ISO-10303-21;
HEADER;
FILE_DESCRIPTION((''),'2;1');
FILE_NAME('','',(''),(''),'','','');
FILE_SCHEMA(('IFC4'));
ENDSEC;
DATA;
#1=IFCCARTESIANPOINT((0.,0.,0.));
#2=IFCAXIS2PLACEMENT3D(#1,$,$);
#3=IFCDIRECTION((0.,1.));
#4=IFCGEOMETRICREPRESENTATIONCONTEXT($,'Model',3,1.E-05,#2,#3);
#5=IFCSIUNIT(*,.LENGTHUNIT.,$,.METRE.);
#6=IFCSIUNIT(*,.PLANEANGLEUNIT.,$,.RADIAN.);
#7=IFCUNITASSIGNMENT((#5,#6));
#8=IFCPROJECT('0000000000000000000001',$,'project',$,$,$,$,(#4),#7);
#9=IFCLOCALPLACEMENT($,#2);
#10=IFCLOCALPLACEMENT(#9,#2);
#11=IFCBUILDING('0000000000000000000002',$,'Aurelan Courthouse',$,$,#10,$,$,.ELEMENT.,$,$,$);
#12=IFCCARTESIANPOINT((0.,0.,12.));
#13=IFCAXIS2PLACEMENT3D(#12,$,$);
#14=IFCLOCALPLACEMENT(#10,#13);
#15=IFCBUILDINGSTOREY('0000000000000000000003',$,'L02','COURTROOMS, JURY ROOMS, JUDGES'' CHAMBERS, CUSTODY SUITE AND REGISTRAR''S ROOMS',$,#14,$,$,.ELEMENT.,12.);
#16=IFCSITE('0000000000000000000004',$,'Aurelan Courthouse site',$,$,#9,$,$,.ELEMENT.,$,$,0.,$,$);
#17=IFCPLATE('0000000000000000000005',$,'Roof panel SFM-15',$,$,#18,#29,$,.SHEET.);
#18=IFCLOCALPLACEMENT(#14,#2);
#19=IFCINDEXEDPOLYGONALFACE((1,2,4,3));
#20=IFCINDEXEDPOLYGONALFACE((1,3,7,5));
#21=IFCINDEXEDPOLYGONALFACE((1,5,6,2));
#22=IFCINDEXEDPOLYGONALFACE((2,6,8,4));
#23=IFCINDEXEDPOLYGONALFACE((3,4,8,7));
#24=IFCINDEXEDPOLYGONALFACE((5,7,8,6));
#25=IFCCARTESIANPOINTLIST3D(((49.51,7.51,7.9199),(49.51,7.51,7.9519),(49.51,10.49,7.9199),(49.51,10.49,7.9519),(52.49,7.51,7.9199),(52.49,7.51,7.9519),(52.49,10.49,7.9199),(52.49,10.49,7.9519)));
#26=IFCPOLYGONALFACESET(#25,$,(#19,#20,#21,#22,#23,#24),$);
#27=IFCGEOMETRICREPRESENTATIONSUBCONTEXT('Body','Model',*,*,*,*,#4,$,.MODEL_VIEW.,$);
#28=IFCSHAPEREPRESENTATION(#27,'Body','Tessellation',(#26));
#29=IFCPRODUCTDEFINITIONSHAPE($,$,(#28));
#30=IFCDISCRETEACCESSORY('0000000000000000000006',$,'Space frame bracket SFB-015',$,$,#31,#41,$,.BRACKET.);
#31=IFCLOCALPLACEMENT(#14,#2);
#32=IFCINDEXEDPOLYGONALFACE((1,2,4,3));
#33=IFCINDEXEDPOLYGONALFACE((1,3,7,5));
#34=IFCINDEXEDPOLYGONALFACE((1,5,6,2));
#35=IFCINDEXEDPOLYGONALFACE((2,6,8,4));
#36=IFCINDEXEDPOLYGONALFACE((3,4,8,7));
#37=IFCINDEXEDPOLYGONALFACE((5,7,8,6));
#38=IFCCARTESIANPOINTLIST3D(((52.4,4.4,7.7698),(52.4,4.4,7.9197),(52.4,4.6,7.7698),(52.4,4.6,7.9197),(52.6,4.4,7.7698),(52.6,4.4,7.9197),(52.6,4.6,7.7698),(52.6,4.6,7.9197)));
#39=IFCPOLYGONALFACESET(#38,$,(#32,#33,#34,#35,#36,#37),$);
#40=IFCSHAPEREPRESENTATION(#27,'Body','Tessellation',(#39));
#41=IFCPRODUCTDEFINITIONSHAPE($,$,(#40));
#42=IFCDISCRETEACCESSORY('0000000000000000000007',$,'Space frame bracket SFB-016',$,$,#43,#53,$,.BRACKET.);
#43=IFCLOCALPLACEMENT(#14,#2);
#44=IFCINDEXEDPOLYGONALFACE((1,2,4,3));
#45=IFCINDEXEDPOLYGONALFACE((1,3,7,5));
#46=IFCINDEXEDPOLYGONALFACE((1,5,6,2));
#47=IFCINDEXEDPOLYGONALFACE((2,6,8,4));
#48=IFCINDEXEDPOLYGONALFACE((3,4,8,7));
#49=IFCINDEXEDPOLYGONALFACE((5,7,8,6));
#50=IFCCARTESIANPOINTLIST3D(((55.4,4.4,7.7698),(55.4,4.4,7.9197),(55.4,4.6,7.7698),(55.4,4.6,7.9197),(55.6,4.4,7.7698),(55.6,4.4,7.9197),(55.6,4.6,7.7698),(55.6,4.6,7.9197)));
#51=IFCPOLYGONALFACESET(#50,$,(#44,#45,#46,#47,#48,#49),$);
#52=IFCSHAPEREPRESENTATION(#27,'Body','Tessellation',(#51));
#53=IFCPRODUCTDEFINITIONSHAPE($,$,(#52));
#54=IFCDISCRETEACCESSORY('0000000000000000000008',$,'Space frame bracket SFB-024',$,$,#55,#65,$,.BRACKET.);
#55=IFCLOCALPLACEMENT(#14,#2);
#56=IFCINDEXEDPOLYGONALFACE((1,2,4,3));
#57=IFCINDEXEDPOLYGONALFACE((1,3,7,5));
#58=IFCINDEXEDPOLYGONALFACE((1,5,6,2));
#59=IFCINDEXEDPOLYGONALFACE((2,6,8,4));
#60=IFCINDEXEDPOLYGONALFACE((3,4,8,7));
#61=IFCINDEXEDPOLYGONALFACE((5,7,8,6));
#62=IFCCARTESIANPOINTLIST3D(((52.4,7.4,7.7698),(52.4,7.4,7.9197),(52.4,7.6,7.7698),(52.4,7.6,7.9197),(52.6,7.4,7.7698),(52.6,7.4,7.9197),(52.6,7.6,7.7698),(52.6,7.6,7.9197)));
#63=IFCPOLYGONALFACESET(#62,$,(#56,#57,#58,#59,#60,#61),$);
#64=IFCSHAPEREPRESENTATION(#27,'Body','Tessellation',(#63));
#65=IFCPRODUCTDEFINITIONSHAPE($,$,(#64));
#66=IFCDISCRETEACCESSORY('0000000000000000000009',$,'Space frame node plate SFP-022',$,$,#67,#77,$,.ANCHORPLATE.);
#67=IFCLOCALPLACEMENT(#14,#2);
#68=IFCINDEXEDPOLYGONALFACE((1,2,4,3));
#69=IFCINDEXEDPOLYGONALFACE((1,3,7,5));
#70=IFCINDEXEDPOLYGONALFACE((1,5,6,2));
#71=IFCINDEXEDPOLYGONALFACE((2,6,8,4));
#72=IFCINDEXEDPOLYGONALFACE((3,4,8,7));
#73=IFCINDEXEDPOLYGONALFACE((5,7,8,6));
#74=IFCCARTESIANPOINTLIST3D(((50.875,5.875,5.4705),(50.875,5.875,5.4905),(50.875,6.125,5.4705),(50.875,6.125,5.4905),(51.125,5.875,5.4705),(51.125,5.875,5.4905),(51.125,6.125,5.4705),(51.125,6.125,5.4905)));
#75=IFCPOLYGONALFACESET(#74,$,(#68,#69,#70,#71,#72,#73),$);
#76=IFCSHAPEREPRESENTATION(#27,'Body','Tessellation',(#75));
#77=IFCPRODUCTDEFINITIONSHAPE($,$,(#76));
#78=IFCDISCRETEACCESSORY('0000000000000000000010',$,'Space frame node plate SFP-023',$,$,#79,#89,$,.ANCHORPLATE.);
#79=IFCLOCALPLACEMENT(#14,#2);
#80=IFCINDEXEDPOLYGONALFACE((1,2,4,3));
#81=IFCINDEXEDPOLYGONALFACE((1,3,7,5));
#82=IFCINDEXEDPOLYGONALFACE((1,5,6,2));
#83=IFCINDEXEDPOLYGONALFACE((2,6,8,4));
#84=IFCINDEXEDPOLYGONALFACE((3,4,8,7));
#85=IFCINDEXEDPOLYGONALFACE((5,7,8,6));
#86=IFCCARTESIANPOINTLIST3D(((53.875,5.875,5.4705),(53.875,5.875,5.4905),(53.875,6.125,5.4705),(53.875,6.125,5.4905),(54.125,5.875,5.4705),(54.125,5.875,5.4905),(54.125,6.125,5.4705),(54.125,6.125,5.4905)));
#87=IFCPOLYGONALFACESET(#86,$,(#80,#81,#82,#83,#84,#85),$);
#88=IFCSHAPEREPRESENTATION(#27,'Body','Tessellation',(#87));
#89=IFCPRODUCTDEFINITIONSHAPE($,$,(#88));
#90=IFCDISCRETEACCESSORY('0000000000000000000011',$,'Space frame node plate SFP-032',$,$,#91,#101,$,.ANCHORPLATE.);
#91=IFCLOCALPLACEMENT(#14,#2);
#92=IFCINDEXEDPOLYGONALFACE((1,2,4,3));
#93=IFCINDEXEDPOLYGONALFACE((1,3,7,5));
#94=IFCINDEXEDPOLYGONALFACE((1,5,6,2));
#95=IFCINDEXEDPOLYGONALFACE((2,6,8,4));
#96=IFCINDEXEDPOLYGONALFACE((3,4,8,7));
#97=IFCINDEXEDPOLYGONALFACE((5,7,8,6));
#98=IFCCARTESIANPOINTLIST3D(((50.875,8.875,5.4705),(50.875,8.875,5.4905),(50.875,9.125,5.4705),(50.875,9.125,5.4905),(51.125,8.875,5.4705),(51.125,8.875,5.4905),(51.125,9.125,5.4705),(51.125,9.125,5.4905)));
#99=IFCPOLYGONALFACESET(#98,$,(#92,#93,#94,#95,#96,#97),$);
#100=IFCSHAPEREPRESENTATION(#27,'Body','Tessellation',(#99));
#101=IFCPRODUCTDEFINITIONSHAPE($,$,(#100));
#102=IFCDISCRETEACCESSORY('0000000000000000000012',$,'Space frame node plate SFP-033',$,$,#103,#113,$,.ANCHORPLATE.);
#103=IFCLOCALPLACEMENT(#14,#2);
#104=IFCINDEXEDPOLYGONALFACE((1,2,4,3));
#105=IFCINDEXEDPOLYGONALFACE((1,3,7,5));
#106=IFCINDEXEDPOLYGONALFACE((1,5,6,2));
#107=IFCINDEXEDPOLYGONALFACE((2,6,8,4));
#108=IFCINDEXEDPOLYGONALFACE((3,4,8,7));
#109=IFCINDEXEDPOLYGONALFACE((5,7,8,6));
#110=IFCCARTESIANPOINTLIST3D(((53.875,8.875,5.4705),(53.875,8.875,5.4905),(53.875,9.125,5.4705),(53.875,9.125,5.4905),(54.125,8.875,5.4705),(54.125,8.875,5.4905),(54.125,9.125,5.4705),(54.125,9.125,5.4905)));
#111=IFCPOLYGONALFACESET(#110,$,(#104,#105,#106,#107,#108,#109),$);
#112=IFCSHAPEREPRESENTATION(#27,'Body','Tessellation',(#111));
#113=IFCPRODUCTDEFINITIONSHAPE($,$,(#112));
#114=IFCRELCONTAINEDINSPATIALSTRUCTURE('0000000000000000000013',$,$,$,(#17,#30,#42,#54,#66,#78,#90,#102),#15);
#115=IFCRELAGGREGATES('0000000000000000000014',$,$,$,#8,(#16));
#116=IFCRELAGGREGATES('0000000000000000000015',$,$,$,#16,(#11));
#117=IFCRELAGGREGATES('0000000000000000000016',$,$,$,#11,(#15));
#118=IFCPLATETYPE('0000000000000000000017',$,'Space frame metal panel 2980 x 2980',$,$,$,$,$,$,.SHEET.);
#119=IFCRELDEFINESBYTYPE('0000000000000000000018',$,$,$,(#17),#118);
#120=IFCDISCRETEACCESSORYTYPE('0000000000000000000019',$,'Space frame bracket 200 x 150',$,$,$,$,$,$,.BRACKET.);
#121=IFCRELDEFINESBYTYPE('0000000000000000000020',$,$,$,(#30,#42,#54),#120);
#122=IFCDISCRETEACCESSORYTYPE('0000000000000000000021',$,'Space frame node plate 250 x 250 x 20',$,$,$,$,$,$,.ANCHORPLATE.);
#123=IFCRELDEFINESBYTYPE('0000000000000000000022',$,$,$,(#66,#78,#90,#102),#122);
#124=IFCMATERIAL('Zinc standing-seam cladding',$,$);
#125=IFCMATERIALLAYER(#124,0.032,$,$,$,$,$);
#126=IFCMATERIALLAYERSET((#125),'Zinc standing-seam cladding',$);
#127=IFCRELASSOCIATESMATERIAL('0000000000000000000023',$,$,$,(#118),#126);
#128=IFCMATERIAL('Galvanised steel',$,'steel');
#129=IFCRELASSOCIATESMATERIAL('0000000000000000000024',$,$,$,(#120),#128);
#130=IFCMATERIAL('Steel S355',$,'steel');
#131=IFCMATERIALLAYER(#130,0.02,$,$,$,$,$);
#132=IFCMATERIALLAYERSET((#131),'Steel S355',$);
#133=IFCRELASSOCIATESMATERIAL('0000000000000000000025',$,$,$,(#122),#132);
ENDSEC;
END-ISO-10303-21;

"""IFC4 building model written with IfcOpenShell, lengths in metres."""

from ifc_helpers import new_model, si_unit, direction, frame, origin, origin_2d, place, context, subcontext, project, spatial, rectangle, extrude, material, layer, layer_set, type_object, element, save


model = new_model("IFC4")

# Units and contexts
model_context = context("Model", 3, precision=1e-05, world=origin(), true_north=direction((0.0, 1.0)))
body_context = subcontext(model_context, "Body", "Model", "MODEL_VIEW")
ifc_project = project(units=[si_unit("LENGTHUNIT", "METRE"), si_unit("PLANEANGLEUNIT", "RADIAN")], contexts=[model_context])

# Site, building, storey
site_placement = place(None, origin())
site = spatial("IfcSite", under=ifc_project, at=site_placement, Name="Aurelan Courthouse site", CompositionType="ELEMENT", RefElevation=0.0)
building_placement = place(site_placement, origin())
building = spatial("IfcBuilding", under=site, at=building_placement, Name="Aurelan Courthouse", CompositionType="ELEMENT")
storey_placement = place(building_placement, frame((0.0, 0.0, 12.0)))
storey = spatial("IfcBuildingStorey", under=building, at=storey_placement, Name="L02", Description="COURTROOMS, JURY ROOMS, JUDGES' CHAMBERS, CUSTODY SUITE AND REGISTRAR'S ROOMS", CompositionType="ELEMENT", Elevation=12.0)

# Shared definitions
ifc_material_1 = material(Name="Steel S355", Category="steel")

# Plate
ifc_material_2 = material(Name="Zinc standing-seam cladding")
ifc_layer_1 = layer(ifc_material_2, 0.032)
ifc_layer_set_1 = layer_set([ifc_layer_1], Name="Zinc standing-seam cladding")
plate_type_1 = type_object("IfcPlateType", Name="Space frame metal panel 2980 x 2980", PredefinedType="SHEET", material=ifc_layer_set_1)
for number, where, z_axis, x_axis, name in (
    (1, (51.0, 9.0, 7.9199), (0.0, 0.0, 1.0), (1.0, 0.0, 0.0), "Roof panel SFM-15"),
):
    element("IfcPlate", number, at=place(storey_placement, frame(where, z_axis=z_axis, x_axis=x_axis)), inside=storey, type_object=plate_type_1, Name=name, PredefinedType="SHEET", context=body_context, shape_type="SweptSolid", body=[
        extrude(rectangle(XDim=2.98, YDim=2.98, at=origin_2d()), origin(), (0.0, 0.0, 1.0), 0.032),
    ])

# Discrete accessories
ifc_material_3 = material(Name="Galvanised steel", Category="steel")
discrete_accessory_type_1 = type_object("IfcDiscreteAccessoryType", Name="Space frame bracket 200 x 150", PredefinedType="BRACKET", material=ifc_material_3)
for number, where, z_axis, x_axis, name in (
    (2, (52.5, 4.5, 7.7698), (0.0, 0.0, 1.0), (1.0, 0.0, 0.0), "Space frame bracket SFB-015"),
    (3, (55.5, 4.5, 7.7698), (0.0, 0.0, 1.0), (1.0, 0.0, 0.0), "Space frame bracket SFB-016"),
    (4, (52.5, 7.5, 7.7698), (0.0, 0.0, 1.0), (1.0, 0.0, 0.0), "Space frame bracket SFB-024"),
):
    element("IfcDiscreteAccessory", number, at=place(storey_placement, frame(where, z_axis=z_axis, x_axis=x_axis)), inside=storey, type_object=discrete_accessory_type_1, Name=name, PredefinedType="BRACKET", context=body_context, shape_type="SweptSolid", body=[
        extrude(rectangle(XDim=0.2, YDim=0.2, at=origin_2d()), origin(), (0.0, 0.0, 1.0), 0.1499),
    ])
ifc_layer_2 = layer(ifc_material_1, 0.02)
ifc_layer_set_2 = layer_set([ifc_layer_2], Name="Steel S355")
discrete_accessory_type_2 = type_object("IfcDiscreteAccessoryType", Name="Space frame node plate 250 x 250 x 20", PredefinedType="ANCHORPLATE", material=ifc_layer_set_2)
for number, where, z_axis, x_axis, name in (
    (5, (51.0, 6.0, 5.4705), (0.0, 0.0, 1.0), (1.0, 0.0, 0.0), "Space frame node plate SFP-022"),
    (6, (54.0, 6.0, 5.4705), (0.0, 0.0, 1.0), (1.0, 0.0, 0.0), "Space frame node plate SFP-023"),
    (7, (51.0, 9.0, 5.4705), (0.0, 0.0, 1.0), (1.0, 0.0, 0.0), "Space frame node plate SFP-032"),
    (8, (54.0, 9.0, 5.4705), (0.0, 0.0, 1.0), (1.0, 0.0, 0.0), "Space frame node plate SFP-033"),
):
    element("IfcDiscreteAccessory", number, at=place(storey_placement, frame(where, z_axis=z_axis, x_axis=x_axis)), inside=storey, type_object=discrete_accessory_type_2, Name=name, PredefinedType="ANCHORPLATE", context=body_context, shape_type="SweptSolid", body=[
        extrude(rectangle(XDim=0.25, YDim=0.25, at=origin_2d()), origin(), (0.0, 0.0, 1.0), 0.02),
    ])

save(model, "model.ifc")
